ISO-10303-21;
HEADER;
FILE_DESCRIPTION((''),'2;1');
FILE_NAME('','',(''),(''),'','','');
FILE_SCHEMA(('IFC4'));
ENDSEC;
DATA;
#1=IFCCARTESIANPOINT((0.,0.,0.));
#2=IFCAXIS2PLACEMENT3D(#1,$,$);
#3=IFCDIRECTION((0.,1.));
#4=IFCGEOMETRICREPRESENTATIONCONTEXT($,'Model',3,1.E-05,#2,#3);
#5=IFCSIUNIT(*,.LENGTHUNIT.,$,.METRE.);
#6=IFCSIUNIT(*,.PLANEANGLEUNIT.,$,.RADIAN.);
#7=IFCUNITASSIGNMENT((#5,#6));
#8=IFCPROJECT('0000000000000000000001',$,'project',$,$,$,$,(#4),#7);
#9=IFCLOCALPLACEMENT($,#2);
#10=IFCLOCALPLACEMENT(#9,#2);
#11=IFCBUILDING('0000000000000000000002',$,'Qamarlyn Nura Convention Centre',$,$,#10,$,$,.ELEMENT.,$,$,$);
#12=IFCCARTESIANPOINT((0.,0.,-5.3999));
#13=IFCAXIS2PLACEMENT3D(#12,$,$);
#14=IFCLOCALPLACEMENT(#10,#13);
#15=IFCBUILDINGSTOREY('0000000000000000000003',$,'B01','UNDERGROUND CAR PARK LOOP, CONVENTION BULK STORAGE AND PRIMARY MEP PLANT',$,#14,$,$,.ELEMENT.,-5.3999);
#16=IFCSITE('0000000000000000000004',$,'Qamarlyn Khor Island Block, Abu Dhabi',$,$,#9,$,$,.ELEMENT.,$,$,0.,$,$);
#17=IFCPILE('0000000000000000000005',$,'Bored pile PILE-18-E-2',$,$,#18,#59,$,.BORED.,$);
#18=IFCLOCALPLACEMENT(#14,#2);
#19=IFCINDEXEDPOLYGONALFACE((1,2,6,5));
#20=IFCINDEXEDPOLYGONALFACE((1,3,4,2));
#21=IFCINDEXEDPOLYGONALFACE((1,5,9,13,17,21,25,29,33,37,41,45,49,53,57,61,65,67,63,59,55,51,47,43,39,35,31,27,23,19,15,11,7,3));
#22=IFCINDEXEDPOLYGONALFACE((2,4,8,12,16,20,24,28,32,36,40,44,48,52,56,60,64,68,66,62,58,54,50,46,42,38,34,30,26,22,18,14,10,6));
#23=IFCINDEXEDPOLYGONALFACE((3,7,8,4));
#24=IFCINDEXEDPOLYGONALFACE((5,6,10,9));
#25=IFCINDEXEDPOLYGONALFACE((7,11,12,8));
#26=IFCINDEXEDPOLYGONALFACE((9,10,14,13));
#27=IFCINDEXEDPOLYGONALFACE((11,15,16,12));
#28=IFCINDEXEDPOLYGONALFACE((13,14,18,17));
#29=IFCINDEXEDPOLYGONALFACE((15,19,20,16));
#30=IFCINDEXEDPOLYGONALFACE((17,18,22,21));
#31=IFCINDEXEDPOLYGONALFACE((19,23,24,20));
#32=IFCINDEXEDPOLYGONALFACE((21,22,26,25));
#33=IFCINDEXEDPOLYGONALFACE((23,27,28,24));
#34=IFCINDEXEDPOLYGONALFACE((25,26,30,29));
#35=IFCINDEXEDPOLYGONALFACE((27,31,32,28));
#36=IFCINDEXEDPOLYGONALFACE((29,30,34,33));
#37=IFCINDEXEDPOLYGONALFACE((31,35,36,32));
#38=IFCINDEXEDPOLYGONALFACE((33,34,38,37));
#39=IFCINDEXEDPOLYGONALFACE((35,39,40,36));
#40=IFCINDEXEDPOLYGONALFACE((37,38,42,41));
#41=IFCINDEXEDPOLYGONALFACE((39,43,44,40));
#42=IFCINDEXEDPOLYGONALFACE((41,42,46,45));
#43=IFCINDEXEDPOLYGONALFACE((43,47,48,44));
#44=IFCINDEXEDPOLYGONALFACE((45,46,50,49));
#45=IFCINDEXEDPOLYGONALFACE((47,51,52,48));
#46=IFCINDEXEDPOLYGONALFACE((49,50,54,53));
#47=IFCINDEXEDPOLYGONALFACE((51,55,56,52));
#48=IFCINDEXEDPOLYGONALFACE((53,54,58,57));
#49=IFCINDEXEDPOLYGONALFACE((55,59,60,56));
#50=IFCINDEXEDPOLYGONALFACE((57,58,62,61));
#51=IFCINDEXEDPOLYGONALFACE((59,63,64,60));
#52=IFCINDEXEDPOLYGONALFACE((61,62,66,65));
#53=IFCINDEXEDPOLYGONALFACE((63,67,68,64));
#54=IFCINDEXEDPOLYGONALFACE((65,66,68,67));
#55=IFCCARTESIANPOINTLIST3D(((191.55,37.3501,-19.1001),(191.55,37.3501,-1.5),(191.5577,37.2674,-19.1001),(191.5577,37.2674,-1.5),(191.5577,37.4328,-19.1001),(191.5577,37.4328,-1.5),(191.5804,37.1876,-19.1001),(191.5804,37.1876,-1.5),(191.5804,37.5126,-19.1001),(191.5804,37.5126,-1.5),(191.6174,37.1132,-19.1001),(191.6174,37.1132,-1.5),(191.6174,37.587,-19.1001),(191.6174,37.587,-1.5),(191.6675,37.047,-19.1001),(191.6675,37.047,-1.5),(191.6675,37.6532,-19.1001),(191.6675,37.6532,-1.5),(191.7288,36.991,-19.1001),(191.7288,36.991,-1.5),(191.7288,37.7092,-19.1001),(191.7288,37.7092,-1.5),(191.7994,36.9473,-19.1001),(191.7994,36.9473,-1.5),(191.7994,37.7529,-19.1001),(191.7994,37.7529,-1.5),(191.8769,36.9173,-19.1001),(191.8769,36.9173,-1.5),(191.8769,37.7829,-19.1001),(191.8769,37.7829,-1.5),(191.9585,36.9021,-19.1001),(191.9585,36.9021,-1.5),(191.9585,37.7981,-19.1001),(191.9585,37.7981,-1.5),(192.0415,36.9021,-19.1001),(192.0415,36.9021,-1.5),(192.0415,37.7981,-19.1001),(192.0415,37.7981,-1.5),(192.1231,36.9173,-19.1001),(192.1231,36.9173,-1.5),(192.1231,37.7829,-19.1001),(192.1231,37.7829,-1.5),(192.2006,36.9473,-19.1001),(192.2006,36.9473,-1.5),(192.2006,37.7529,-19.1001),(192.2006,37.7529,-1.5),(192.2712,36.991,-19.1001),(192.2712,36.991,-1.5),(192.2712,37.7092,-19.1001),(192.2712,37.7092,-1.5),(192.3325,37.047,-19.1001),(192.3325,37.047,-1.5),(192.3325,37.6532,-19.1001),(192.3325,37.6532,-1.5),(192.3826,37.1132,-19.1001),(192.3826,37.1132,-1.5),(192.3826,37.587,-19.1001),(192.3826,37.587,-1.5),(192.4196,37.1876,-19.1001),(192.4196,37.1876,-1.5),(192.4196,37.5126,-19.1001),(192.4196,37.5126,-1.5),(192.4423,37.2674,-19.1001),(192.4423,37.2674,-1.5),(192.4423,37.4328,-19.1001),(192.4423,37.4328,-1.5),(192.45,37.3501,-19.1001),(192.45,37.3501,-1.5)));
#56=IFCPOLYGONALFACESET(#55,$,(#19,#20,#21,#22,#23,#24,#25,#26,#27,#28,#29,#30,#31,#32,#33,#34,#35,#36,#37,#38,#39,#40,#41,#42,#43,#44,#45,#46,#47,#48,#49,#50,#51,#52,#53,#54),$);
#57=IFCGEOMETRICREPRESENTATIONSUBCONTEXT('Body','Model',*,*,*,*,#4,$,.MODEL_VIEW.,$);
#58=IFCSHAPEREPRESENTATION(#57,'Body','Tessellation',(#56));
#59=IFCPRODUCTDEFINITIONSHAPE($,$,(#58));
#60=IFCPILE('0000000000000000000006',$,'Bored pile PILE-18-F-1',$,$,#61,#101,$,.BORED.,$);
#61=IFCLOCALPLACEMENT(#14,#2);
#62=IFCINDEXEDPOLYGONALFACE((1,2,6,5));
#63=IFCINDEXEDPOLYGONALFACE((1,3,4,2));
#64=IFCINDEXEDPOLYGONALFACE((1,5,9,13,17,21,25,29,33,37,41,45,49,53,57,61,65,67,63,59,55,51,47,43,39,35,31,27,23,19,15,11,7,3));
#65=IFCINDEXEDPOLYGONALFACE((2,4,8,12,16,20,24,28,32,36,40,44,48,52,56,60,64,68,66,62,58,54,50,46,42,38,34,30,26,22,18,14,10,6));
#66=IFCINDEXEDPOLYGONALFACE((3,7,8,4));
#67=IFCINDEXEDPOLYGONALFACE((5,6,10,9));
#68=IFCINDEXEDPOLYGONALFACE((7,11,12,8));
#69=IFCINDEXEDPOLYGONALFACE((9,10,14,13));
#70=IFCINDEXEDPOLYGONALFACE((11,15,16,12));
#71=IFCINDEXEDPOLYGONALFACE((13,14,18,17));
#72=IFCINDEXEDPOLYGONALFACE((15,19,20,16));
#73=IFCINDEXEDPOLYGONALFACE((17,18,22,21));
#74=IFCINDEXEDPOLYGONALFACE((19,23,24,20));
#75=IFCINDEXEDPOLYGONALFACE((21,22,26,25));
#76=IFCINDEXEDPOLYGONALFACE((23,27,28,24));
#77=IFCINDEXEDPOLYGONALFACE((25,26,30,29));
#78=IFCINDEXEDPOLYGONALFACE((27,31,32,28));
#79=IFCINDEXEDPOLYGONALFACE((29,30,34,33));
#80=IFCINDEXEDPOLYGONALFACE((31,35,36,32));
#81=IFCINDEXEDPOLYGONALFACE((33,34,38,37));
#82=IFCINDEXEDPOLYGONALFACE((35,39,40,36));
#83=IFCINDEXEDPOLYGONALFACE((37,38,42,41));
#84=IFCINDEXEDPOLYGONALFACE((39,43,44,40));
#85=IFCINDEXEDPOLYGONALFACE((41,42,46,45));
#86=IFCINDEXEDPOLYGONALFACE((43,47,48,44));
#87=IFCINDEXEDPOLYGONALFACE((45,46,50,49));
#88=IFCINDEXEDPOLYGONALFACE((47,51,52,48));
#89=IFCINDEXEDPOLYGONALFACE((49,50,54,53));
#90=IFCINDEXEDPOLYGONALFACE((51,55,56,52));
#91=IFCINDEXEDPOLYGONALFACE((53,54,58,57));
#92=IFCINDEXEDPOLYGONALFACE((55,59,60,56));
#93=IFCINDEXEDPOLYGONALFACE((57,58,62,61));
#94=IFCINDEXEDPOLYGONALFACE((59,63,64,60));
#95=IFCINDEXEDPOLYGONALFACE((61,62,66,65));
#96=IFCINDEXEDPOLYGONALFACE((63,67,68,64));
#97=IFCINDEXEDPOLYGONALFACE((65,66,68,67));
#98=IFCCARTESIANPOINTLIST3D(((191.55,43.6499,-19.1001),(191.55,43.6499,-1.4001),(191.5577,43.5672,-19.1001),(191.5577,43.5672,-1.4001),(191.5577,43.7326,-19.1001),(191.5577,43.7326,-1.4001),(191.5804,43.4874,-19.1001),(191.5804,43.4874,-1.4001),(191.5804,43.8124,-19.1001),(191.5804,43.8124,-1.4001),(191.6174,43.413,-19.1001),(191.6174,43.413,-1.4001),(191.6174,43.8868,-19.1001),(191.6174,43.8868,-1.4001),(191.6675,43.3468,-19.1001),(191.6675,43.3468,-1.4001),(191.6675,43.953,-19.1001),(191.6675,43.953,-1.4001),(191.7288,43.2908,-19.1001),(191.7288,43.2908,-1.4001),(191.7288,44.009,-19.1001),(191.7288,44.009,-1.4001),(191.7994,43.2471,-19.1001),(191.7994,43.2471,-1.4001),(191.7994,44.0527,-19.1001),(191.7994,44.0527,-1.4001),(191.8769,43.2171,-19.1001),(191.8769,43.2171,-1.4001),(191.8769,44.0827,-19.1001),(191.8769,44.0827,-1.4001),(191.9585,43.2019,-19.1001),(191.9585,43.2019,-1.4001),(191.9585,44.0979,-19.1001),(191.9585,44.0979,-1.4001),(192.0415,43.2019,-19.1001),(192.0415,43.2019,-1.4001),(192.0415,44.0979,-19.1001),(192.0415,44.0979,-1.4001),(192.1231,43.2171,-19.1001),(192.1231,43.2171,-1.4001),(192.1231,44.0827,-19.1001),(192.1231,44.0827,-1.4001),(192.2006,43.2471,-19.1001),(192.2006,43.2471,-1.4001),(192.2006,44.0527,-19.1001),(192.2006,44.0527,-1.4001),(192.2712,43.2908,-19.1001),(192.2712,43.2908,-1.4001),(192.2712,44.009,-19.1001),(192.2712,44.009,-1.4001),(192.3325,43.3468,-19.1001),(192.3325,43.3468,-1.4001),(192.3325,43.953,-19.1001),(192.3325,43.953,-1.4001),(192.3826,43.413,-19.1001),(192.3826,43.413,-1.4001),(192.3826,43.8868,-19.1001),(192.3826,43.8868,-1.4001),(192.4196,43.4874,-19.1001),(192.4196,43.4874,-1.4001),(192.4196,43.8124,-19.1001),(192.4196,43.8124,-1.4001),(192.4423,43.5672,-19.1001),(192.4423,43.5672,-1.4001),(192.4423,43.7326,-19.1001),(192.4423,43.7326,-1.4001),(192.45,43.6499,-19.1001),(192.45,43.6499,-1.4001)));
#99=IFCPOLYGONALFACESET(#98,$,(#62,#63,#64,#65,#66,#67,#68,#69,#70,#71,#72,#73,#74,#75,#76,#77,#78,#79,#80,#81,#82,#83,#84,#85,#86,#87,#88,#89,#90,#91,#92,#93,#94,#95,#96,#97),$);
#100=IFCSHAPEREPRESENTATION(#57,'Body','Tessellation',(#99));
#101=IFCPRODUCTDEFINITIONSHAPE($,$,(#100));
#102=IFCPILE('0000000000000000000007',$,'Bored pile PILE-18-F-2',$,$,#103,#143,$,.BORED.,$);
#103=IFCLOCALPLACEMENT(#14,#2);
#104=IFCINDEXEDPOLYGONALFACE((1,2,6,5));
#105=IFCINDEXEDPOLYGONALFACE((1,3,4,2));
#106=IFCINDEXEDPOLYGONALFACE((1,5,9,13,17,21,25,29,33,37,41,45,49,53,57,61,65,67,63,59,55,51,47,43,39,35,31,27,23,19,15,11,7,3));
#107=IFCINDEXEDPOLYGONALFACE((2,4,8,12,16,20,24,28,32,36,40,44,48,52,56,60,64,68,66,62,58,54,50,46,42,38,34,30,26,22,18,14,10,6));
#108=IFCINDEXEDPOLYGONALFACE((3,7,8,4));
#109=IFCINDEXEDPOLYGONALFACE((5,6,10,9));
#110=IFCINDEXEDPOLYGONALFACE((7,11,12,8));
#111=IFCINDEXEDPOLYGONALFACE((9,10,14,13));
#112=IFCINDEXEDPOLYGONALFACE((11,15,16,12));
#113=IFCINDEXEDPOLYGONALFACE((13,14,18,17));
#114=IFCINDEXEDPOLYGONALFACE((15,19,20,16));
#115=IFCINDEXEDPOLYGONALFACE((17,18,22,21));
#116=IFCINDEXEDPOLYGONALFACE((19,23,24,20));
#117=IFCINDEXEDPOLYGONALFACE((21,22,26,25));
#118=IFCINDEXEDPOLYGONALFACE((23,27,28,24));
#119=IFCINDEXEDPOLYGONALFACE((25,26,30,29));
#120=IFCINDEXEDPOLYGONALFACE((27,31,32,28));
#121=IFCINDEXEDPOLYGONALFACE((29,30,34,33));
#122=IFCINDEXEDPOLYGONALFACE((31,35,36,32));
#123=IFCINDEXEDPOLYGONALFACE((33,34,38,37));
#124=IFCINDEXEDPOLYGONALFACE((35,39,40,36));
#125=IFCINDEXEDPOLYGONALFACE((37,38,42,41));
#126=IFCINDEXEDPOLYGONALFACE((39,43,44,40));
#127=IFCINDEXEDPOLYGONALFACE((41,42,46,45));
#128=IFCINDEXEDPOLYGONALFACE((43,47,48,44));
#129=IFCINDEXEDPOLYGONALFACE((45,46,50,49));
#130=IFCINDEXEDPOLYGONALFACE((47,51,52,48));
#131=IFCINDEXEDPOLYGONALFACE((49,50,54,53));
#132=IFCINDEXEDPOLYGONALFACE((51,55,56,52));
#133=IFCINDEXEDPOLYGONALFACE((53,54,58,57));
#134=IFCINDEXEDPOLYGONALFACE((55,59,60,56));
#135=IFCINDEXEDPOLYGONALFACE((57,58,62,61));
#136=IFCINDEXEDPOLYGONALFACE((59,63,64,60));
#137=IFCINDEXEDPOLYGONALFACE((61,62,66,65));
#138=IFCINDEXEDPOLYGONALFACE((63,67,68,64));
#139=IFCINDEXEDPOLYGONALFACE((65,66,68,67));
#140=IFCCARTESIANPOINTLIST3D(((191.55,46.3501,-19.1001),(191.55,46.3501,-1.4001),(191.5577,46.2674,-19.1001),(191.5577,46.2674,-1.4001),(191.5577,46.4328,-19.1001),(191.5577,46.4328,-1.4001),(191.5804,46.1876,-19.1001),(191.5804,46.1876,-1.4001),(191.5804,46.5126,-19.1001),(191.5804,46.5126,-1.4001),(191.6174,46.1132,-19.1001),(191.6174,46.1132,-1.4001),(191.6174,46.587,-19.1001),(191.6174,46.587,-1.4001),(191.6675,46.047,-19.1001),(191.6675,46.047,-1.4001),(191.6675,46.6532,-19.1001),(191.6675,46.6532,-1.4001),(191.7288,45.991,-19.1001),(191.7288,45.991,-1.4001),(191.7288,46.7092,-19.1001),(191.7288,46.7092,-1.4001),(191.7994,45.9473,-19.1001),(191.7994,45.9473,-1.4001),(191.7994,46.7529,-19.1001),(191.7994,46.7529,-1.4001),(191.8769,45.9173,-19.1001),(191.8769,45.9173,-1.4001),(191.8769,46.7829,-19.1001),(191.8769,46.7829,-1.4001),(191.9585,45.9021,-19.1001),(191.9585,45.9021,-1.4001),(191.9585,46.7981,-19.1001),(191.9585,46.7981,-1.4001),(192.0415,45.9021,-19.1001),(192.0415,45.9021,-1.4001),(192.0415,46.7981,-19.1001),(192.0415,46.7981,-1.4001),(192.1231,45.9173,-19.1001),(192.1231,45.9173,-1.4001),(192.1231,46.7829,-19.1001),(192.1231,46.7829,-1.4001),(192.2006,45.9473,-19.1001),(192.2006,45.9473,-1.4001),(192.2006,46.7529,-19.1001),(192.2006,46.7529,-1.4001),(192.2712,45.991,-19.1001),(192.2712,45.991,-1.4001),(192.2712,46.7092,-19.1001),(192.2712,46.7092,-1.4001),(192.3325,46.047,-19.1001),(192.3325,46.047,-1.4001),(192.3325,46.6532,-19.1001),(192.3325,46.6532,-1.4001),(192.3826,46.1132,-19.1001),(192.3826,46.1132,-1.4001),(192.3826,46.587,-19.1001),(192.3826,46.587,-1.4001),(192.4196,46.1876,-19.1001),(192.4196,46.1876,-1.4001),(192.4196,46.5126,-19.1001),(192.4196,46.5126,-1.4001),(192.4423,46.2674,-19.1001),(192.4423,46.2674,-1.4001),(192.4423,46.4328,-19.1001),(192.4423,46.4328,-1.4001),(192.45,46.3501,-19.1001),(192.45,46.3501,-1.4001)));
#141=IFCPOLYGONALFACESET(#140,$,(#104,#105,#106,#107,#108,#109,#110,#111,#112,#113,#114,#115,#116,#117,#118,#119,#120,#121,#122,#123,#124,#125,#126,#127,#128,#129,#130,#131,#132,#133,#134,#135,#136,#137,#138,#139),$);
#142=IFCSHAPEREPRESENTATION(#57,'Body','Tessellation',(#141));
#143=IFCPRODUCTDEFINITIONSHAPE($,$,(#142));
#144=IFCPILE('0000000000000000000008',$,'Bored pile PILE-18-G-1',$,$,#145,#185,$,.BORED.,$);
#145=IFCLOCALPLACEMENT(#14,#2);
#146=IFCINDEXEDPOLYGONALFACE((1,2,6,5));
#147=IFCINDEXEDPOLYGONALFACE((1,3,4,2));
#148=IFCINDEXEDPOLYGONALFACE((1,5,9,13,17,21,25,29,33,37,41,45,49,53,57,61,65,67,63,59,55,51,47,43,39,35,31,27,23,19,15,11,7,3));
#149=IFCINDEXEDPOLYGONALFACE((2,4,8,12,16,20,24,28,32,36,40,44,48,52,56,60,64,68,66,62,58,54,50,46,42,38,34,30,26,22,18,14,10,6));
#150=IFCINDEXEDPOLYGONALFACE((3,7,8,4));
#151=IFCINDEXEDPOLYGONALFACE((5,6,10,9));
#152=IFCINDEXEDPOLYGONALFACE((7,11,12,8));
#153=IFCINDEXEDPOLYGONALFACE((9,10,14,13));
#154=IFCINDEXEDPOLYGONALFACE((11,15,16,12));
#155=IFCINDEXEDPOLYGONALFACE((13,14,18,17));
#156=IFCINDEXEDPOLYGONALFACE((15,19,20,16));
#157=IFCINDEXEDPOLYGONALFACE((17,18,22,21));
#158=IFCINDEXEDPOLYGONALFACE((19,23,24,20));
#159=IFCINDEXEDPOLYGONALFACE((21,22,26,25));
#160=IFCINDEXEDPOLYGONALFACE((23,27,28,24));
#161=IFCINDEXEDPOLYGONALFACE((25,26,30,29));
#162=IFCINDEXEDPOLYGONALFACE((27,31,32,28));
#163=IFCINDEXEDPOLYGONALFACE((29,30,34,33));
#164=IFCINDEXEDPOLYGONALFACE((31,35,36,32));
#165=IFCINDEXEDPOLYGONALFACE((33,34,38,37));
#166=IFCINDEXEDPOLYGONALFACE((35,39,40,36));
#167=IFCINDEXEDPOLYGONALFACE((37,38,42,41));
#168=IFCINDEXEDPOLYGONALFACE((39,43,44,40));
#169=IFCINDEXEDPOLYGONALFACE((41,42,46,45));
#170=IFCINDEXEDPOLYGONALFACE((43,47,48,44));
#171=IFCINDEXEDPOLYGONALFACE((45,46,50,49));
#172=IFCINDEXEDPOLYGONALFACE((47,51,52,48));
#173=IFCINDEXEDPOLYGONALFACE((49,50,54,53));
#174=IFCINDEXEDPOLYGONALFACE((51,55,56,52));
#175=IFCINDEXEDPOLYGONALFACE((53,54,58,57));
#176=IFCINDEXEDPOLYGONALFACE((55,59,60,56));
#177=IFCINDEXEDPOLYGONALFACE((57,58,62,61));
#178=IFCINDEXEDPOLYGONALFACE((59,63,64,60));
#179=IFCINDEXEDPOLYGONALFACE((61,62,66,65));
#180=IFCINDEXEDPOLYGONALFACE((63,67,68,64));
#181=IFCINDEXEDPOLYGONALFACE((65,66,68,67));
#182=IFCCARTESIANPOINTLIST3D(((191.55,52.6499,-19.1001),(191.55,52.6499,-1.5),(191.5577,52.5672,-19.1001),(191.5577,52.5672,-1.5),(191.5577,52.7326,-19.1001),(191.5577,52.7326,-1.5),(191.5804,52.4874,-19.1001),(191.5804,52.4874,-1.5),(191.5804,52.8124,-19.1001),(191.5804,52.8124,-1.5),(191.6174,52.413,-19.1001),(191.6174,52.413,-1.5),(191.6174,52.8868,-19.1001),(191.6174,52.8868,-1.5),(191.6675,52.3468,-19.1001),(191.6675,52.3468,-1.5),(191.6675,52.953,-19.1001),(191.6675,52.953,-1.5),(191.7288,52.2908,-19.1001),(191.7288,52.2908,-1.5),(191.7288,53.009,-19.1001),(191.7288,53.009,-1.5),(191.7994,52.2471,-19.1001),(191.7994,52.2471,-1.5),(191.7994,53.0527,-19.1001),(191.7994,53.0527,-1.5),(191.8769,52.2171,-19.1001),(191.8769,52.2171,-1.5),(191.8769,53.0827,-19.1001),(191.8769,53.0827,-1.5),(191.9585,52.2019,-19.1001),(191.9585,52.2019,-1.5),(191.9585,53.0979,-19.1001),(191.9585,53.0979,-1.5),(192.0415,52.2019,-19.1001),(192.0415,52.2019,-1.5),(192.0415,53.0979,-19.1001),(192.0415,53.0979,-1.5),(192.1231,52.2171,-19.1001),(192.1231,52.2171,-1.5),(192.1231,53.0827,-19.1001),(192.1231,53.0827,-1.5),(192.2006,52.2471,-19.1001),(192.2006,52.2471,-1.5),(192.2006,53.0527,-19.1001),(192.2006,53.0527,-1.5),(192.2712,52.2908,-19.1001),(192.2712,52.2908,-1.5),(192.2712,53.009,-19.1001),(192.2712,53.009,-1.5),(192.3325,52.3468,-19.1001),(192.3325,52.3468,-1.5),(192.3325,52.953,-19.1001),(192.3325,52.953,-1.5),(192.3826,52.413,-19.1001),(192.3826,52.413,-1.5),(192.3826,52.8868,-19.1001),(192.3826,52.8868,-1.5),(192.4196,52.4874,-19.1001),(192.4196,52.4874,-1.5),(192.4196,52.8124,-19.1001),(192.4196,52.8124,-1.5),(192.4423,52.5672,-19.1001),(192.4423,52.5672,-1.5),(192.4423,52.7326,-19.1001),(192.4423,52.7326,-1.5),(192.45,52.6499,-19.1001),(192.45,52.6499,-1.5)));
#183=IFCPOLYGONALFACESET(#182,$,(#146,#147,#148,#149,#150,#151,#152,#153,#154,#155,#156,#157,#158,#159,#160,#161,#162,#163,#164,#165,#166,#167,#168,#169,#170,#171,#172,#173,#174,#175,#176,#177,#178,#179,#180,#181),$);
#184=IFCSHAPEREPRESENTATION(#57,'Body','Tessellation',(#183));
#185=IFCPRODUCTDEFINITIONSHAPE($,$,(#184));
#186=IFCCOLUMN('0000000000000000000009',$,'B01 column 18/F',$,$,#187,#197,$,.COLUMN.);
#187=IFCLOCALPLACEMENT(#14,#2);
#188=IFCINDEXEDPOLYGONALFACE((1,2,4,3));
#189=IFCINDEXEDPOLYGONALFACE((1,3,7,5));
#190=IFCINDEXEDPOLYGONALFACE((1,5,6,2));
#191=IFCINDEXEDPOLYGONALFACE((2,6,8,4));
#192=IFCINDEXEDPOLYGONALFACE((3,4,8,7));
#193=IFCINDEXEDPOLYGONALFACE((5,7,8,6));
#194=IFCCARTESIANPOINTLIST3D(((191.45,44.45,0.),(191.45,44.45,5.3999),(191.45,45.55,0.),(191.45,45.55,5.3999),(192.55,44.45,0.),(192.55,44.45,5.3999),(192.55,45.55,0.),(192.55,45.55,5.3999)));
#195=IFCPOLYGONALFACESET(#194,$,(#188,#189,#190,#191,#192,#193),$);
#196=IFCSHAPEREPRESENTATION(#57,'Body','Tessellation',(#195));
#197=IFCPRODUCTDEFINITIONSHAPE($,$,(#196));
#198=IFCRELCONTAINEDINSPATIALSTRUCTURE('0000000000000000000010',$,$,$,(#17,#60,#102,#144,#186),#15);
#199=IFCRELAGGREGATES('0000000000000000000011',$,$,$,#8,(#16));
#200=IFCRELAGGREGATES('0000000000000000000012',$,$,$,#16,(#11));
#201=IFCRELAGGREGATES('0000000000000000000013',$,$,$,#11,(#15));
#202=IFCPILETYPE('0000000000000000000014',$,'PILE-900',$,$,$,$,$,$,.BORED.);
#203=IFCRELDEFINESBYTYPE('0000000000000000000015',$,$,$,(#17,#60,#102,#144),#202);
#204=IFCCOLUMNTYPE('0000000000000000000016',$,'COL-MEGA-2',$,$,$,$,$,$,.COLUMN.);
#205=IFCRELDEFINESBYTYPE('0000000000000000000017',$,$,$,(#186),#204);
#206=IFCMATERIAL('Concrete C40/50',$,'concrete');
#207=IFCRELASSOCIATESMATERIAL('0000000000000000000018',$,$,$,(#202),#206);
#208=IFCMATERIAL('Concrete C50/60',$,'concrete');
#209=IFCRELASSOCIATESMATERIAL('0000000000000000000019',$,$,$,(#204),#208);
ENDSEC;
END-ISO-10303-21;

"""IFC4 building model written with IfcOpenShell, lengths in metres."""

from ifc_helpers import new_model, si_unit, direction, frame, origin, origin_2d, place, context, subcontext, project, spatial, rectangle, circle, extrude, material, material_profile, profile_set, type_object, element, save


model = new_model("IFC4")

# Units and contexts
model_context = context("Model", 3, precision=1e-05, world=origin(), true_north=direction((0.0, 1.0)))
body_context = subcontext(model_context, "Body", "Model", "MODEL_VIEW")
ifc_project = project(units=[si_unit("LENGTHUNIT", "METRE"), si_unit("PLANEANGLEUNIT", "RADIAN")], contexts=[model_context])

# Site, building, storey
site_placement = place(None, origin())
site = spatial("IfcSite", under=ifc_project, at=site_placement, Name="Qamarlyn Khor Island Block, Abu Dhabi", CompositionType="ELEMENT", RefElevation=0.0)
building_placement = place(site_placement, origin())
building = spatial("IfcBuilding", under=site, at=building_placement, Name="Qamarlyn Nura Convention Centre", CompositionType="ELEMENT")
storey_placement = place(building_placement, frame((0.0, 0.0, -5.3999)))
storey = spatial("IfcBuildingStorey", under=building, at=storey_placement, Name="B01", Description="UNDERGROUND CAR PARK LOOP, CONVENTION BULK STORAGE AND PRIMARY MEP PLANT", CompositionType="ELEMENT", Elevation=-5.3999)

# Shared definitions
ifc_material_1 = material(Name="Concrete C40/50", Category="concrete")

# Piles
ifc_material_profile_1 = material_profile(ifc_material_1, circle(Radius=0.45, at=origin_2d()), Name="BORED PILE 900")
ifc_profile_set_1 = profile_set([ifc_material_profile_1], Name="Concrete C40/50")
pile_type = type_object("IfcPileType", Name="PILE-900", PredefinedType="BORED", material=ifc_profile_set_1)
for number, where, z_axis, x_axis, name in (
    (1, (192.0, 37.3501, -1.5), (0.0, 0.0, -1.0), (1.0, 0.0, 0.0), "Bored pile PILE-18-E-2"),
):
    element("IfcPile", number, at=place(storey_placement, frame(where, z_axis=z_axis, x_axis=x_axis)), inside=storey, type_object=pile_type, Name=name, PredefinedType="BORED", context=body_context, shape_type="SweptSolid", body=[
        extrude(circle(Radius=0.45, at=origin_2d()), origin(), (0.0, 0.0, 1.0), 17.6001),
    ])
for number, where, z_axis, x_axis, name in (
    (2, (192.0, 43.6499, -1.4001), (0.0, 0.0, -1.0), (1.0, 0.0, 0.0), "Bored pile PILE-18-F-1"),
    (3, (192.0, 46.3501, -1.4001), (0.0, 0.0, -1.0), (1.0, 0.0, 0.0), "Bored pile PILE-18-F-2"),
):
    element("IfcPile", number, at=place(storey_placement, frame(where, z_axis=z_axis, x_axis=x_axis)), inside=storey, type_object=pile_type, Name=name, PredefinedType="BORED", context=body_context, shape_type="SweptSolid", body=[
        extrude(circle(Radius=0.45, at=origin_2d()), origin(), (0.0, 0.0, 1.0), 17.7),
    ])
pile_1_placement = place(storey_placement, frame((192.0, 52.6499, -1.5), z_axis=(0.0, 0.0, -1.0), x_axis=(1.0, 0.0, 0.0)))
element("IfcPile", 4, at=pile_1_placement, inside=storey, type_object=pile_type, Name="Bored pile PILE-18-G-1", PredefinedType="BORED", context=body_context, shape_type="SweptSolid", body=[
    extrude(circle(Radius=0.45, at=origin_2d()), origin(), (0.0, 0.0, 1.0), 17.6001),
])

# Column
ifc_material_2 = material(Name="Concrete C50/60", Category="concrete")
ifc_material_profile_2 = material_profile(ifc_material_2, rectangle(XDim=1.1001, YDim=1.1001, at=origin_2d()), Name="RC 1100x1100")
ifc_profile_set_2 = profile_set([ifc_material_profile_2], Name="Concrete C50/60")
column_type_1 = type_object("IfcColumnType", Name="COL-MEGA-2", PredefinedType="COLUMN", material=ifc_profile_set_2)
column_placement = place(storey_placement, frame((192.0, 45.0, 0.0), z_axis=(0.0, 0.0, 1.0), x_axis=(1.0, 0.0, 0.0)))
element("IfcColumn", 5, at=column_placement, inside=storey, type_object=column_type_1, Name="B01 column 18/F", PredefinedType="COLUMN", context=body_context, shape_type="SweptSolid", body=[
    extrude(rectangle(XDim=1.1001, YDim=1.1001, at=origin_2d()), origin(), (0.0, 0.0, 1.0), 5.3999),
])

save(model, "model.ifc")
